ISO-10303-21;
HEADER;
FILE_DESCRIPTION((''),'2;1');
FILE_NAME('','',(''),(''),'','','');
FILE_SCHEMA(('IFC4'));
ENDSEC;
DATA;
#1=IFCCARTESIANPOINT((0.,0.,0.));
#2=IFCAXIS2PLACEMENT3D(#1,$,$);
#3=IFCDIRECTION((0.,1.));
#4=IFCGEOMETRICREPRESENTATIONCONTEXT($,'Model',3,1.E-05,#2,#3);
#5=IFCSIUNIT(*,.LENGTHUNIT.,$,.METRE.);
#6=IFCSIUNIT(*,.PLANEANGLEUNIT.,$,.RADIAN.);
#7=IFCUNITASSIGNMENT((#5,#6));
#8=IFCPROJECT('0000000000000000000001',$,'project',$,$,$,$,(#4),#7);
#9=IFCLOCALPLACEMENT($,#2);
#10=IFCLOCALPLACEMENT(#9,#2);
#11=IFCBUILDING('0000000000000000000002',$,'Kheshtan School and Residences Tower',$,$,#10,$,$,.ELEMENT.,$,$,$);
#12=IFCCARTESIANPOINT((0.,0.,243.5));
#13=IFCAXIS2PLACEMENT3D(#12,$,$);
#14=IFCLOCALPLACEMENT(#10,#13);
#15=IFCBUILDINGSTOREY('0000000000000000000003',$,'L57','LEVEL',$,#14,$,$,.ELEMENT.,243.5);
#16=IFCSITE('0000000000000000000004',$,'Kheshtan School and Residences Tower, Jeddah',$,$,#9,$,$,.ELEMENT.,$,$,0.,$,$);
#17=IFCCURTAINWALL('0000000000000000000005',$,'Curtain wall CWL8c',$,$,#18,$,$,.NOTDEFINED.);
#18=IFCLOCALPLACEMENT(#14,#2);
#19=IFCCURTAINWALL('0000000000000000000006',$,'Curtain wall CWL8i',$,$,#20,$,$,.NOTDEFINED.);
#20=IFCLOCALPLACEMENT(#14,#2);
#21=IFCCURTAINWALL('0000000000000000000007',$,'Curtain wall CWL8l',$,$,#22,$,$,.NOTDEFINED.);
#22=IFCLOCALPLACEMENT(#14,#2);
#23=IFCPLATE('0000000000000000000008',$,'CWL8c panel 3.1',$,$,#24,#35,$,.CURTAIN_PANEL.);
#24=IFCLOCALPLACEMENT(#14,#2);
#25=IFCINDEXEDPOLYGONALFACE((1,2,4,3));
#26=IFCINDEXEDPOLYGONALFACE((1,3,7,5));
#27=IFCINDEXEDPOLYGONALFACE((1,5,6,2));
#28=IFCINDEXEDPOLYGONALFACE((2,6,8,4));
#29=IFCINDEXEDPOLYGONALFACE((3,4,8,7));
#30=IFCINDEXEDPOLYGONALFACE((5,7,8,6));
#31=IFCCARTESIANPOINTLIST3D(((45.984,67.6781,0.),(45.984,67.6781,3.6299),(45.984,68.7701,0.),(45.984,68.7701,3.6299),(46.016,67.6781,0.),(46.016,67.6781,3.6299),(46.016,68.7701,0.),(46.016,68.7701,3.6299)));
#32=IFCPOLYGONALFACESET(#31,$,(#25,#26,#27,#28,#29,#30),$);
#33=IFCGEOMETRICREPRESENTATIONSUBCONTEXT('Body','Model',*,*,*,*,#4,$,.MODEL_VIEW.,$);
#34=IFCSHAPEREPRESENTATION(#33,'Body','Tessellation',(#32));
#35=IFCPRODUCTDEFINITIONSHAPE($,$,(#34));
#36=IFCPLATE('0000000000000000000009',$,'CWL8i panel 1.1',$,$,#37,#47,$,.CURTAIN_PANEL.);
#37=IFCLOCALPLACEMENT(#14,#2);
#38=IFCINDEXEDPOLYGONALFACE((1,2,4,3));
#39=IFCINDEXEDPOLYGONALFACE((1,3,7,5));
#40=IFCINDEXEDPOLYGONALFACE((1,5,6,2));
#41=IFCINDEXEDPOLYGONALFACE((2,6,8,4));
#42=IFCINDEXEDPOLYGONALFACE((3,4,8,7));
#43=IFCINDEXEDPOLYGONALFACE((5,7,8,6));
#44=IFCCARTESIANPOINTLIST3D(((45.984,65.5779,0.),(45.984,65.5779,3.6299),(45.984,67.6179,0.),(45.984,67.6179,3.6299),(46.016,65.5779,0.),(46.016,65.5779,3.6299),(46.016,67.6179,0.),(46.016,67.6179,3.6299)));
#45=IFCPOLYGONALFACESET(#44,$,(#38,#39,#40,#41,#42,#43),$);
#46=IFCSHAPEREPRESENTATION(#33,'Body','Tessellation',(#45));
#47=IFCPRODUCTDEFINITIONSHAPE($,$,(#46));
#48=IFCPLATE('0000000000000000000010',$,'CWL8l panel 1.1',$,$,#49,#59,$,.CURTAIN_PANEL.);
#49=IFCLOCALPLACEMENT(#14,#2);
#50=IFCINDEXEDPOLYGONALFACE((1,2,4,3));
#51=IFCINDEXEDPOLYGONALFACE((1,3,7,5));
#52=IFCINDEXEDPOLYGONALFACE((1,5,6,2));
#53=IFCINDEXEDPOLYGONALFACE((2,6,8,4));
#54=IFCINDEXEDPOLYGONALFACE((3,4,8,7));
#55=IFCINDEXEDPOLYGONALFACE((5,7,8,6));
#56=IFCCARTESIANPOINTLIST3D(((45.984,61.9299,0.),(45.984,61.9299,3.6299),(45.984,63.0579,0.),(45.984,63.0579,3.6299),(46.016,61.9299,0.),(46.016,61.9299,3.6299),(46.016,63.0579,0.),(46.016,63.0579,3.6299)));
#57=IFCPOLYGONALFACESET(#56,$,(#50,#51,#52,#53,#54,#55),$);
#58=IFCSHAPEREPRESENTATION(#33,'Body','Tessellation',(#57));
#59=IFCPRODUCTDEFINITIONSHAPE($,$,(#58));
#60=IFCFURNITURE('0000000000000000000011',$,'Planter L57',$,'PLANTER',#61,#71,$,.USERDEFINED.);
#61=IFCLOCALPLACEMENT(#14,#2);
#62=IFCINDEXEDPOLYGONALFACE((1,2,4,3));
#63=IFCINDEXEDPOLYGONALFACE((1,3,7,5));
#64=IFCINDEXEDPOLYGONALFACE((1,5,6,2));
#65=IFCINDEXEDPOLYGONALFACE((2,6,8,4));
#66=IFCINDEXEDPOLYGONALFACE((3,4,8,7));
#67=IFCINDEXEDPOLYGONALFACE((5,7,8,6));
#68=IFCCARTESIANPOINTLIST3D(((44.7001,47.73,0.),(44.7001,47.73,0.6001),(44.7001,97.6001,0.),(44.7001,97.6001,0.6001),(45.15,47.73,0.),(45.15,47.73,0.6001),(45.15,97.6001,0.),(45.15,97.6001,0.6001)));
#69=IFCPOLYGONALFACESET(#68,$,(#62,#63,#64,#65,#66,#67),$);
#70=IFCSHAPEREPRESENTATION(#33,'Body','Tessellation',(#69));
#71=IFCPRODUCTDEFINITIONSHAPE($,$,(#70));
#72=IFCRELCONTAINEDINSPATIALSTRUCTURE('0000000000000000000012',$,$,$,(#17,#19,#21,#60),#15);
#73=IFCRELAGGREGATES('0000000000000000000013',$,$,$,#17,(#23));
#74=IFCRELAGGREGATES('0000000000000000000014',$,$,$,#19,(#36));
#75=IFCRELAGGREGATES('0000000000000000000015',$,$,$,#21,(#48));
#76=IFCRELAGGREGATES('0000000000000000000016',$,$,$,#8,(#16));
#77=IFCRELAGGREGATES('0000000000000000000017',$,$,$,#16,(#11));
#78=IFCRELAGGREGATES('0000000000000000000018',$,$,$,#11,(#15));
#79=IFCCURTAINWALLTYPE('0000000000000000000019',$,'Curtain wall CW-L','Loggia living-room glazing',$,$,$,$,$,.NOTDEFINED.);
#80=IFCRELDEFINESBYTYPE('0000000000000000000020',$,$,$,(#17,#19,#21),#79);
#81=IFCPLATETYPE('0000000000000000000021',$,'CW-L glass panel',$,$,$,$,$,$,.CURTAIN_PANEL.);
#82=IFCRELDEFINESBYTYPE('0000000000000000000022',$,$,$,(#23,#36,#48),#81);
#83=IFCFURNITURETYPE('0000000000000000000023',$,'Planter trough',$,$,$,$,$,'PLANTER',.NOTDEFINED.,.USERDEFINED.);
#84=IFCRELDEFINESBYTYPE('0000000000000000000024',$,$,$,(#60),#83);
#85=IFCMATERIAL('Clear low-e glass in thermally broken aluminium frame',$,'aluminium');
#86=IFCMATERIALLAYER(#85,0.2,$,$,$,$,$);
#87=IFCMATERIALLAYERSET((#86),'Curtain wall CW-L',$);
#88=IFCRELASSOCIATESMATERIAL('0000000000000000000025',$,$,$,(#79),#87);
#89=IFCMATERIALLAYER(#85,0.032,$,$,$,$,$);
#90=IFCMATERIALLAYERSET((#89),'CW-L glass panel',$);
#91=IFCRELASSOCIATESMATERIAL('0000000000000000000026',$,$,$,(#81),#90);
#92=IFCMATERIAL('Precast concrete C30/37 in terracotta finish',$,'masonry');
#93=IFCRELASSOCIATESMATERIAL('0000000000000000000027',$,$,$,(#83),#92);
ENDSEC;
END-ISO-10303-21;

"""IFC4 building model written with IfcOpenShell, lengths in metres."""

from ifc_helpers import new_model, si_unit, direction, frame, origin, origin_2d, place, context, subcontext, project, spatial, rectangle, extrude, material, layer, layer_set, type_object, element, aggregate, save


model = new_model("IFC4")

# Units and contexts
model_context = context("Model", 3, precision=1e-05, world=origin(), true_north=direction((0.0, 1.0)))
body_context = subcontext(model_context, "Body", "Model", "MODEL_VIEW")
ifc_project = project(units=[si_unit("LENGTHUNIT", "METRE"), si_unit("PLANEANGLEUNIT", "RADIAN")], contexts=[model_context])

# Site, building, storey
site_placement = place(None, origin())
site = spatial("IfcSite", under=ifc_project, at=site_placement, Name="Kheshtan School and Residences Tower, Jeddah", CompositionType="ELEMENT", RefElevation=0.0)
building_placement = place(site_placement, origin())
building = spatial("IfcBuilding", under=site, at=building_placement, Name="Kheshtan School and Residences Tower", CompositionType="ELEMENT")
storey_placement = place(building_placement, frame((0.0, 0.0, 243.5)))
storey = spatial("IfcBuildingStorey", under=building, at=storey_placement, Name="L57", Description="LEVEL", CompositionType="ELEMENT", Elevation=243.5)

# Curtain wall
ifc_material_1 = material(Name="Clear low-e glass in thermally broken aluminium frame", Category="aluminium")
ifc_layer_1 = layer(ifc_material_1, 0.2)
ifc_layer_set_1 = layer_set([ifc_layer_1], Name="Curtain wall CW-L")
curtain_wall_type = type_object("IfcCurtainWallType", Name="Curtain wall CW-L", Description="Loggia living-room glazing", PredefinedType="NOTDEFINED", material=ifc_layer_set_1)
curtain_wall_1_placement = place(storey_placement, origin())
curtain_wall_1 = element("IfcCurtainWall", 1, at=curtain_wall_1_placement, inside=storey, type_object=curtain_wall_type, Name="Curtain wall CWL8c", PredefinedType="NOTDEFINED")

# Curtain walls
curtain_wall_2_placement = place(storey_placement, origin())
curtain_wall_2 = element("IfcCurtainWall", 2, at=curtain_wall_2_placement, inside=storey, type_object=curtain_wall_type, Name="Curtain wall CWL8i", PredefinedType="NOTDEFINED")
curtain_wall_3_placement = place(storey_placement, origin())
curtain_wall_3 = element("IfcCurtainWall", 3, at=curtain_wall_3_placement, inside=storey, type_object=curtain_wall_type, Name="Curtain wall CWL8l", PredefinedType="NOTDEFINED")

# Plates
ifc_layer_2 = layer(ifc_material_1, 0.032)
ifc_layer_set_2 = layer_set([ifc_layer_2], Name="CW-L glass panel")
plate_type = type_object("IfcPlateType", Name="CW-L glass panel", PredefinedType="CURTAIN_PANEL", material=ifc_layer_set_2)
plate_1_placement = place(storey_placement, frame((46.0, 68.2241, 0.0), z_axis=(0.0, 0.0, 1.0), x_axis=(0.0, -1.0, 0.0)))
plate_1 = element("IfcPlate", 4, at=plate_1_placement, type_object=plate_type, Name="CWL8c panel 3.1", PredefinedType="CURTAIN_PANEL", context=body_context, shape_type="SweptSolid", body=[
    extrude(rectangle(XDim=1.092, YDim=0.032, at=origin_2d()), origin(), (0.0, 0.0, 1.0), 3.6299),
])
aggregate(curtain_wall_1, [plate_1])
plate_2_placement = place(storey_placement, frame((46.0, 66.5979, 0.0), z_axis=(0.0, 0.0, 1.0), x_axis=(0.0, -1.0, 0.0)))
plate_2 = element("IfcPlate", 5, at=plate_2_placement, type_object=plate_type, Name="CWL8i panel 1.1", PredefinedType="CURTAIN_PANEL", context=body_context, shape_type="SweptSolid", body=[
    extrude(rectangle(XDim=2.04, YDim=0.032, at=origin_2d()), origin(), (0.0, 0.0, 1.0), 3.6299),
])
aggregate(curtain_wall_2, [plate_2])
plate_3_placement = place(storey_placement, frame((46.0, 62.4939, 0.0), z_axis=(0.0, 0.0, 1.0), x_axis=(0.0, -1.0, 0.0)))
plate_3 = element("IfcPlate", 6, at=plate_3_placement, type_object=plate_type, Name="CWL8l panel 1.1", PredefinedType="CURTAIN_PANEL", context=body_context, shape_type="SweptSolid", body=[
    extrude(rectangle(XDim=1.1279, YDim=0.032, at=origin_2d()), origin(), (0.0, 0.0, 1.0), 3.6299),
])
aggregate(curtain_wall_3, [plate_3])

# Furniture
ifc_material_2 = material(Name="Precast concrete C30/37 in terracotta finish", Category="masonry")
furniture_type = type_object("IfcFurnitureType", Name="Planter trough", ElementType="PLANTER", AssemblyPlace="NOTDEFINED", PredefinedType="USERDEFINED", material=ifc_material_2)
furniture_placement = place(storey_placement, frame((44.925, 72.665, 0.0), z_axis=(0.0, 0.0, 1.0), x_axis=(0.0, -1.0, 0.0)))
element("IfcFurniture", 7, at=furniture_placement, inside=storey, type_object=furniture_type, Name="Planter L57", ObjectType="PLANTER", PredefinedType="USERDEFINED", context=body_context, shape_type="SweptSolid", body=[
    extrude(rectangle(XDim=49.8701, YDim=0.45, at=origin_2d()), origin(), (0.0, 0.0, 1.0), 0.6001),
])

save(model, "model.ifc")
